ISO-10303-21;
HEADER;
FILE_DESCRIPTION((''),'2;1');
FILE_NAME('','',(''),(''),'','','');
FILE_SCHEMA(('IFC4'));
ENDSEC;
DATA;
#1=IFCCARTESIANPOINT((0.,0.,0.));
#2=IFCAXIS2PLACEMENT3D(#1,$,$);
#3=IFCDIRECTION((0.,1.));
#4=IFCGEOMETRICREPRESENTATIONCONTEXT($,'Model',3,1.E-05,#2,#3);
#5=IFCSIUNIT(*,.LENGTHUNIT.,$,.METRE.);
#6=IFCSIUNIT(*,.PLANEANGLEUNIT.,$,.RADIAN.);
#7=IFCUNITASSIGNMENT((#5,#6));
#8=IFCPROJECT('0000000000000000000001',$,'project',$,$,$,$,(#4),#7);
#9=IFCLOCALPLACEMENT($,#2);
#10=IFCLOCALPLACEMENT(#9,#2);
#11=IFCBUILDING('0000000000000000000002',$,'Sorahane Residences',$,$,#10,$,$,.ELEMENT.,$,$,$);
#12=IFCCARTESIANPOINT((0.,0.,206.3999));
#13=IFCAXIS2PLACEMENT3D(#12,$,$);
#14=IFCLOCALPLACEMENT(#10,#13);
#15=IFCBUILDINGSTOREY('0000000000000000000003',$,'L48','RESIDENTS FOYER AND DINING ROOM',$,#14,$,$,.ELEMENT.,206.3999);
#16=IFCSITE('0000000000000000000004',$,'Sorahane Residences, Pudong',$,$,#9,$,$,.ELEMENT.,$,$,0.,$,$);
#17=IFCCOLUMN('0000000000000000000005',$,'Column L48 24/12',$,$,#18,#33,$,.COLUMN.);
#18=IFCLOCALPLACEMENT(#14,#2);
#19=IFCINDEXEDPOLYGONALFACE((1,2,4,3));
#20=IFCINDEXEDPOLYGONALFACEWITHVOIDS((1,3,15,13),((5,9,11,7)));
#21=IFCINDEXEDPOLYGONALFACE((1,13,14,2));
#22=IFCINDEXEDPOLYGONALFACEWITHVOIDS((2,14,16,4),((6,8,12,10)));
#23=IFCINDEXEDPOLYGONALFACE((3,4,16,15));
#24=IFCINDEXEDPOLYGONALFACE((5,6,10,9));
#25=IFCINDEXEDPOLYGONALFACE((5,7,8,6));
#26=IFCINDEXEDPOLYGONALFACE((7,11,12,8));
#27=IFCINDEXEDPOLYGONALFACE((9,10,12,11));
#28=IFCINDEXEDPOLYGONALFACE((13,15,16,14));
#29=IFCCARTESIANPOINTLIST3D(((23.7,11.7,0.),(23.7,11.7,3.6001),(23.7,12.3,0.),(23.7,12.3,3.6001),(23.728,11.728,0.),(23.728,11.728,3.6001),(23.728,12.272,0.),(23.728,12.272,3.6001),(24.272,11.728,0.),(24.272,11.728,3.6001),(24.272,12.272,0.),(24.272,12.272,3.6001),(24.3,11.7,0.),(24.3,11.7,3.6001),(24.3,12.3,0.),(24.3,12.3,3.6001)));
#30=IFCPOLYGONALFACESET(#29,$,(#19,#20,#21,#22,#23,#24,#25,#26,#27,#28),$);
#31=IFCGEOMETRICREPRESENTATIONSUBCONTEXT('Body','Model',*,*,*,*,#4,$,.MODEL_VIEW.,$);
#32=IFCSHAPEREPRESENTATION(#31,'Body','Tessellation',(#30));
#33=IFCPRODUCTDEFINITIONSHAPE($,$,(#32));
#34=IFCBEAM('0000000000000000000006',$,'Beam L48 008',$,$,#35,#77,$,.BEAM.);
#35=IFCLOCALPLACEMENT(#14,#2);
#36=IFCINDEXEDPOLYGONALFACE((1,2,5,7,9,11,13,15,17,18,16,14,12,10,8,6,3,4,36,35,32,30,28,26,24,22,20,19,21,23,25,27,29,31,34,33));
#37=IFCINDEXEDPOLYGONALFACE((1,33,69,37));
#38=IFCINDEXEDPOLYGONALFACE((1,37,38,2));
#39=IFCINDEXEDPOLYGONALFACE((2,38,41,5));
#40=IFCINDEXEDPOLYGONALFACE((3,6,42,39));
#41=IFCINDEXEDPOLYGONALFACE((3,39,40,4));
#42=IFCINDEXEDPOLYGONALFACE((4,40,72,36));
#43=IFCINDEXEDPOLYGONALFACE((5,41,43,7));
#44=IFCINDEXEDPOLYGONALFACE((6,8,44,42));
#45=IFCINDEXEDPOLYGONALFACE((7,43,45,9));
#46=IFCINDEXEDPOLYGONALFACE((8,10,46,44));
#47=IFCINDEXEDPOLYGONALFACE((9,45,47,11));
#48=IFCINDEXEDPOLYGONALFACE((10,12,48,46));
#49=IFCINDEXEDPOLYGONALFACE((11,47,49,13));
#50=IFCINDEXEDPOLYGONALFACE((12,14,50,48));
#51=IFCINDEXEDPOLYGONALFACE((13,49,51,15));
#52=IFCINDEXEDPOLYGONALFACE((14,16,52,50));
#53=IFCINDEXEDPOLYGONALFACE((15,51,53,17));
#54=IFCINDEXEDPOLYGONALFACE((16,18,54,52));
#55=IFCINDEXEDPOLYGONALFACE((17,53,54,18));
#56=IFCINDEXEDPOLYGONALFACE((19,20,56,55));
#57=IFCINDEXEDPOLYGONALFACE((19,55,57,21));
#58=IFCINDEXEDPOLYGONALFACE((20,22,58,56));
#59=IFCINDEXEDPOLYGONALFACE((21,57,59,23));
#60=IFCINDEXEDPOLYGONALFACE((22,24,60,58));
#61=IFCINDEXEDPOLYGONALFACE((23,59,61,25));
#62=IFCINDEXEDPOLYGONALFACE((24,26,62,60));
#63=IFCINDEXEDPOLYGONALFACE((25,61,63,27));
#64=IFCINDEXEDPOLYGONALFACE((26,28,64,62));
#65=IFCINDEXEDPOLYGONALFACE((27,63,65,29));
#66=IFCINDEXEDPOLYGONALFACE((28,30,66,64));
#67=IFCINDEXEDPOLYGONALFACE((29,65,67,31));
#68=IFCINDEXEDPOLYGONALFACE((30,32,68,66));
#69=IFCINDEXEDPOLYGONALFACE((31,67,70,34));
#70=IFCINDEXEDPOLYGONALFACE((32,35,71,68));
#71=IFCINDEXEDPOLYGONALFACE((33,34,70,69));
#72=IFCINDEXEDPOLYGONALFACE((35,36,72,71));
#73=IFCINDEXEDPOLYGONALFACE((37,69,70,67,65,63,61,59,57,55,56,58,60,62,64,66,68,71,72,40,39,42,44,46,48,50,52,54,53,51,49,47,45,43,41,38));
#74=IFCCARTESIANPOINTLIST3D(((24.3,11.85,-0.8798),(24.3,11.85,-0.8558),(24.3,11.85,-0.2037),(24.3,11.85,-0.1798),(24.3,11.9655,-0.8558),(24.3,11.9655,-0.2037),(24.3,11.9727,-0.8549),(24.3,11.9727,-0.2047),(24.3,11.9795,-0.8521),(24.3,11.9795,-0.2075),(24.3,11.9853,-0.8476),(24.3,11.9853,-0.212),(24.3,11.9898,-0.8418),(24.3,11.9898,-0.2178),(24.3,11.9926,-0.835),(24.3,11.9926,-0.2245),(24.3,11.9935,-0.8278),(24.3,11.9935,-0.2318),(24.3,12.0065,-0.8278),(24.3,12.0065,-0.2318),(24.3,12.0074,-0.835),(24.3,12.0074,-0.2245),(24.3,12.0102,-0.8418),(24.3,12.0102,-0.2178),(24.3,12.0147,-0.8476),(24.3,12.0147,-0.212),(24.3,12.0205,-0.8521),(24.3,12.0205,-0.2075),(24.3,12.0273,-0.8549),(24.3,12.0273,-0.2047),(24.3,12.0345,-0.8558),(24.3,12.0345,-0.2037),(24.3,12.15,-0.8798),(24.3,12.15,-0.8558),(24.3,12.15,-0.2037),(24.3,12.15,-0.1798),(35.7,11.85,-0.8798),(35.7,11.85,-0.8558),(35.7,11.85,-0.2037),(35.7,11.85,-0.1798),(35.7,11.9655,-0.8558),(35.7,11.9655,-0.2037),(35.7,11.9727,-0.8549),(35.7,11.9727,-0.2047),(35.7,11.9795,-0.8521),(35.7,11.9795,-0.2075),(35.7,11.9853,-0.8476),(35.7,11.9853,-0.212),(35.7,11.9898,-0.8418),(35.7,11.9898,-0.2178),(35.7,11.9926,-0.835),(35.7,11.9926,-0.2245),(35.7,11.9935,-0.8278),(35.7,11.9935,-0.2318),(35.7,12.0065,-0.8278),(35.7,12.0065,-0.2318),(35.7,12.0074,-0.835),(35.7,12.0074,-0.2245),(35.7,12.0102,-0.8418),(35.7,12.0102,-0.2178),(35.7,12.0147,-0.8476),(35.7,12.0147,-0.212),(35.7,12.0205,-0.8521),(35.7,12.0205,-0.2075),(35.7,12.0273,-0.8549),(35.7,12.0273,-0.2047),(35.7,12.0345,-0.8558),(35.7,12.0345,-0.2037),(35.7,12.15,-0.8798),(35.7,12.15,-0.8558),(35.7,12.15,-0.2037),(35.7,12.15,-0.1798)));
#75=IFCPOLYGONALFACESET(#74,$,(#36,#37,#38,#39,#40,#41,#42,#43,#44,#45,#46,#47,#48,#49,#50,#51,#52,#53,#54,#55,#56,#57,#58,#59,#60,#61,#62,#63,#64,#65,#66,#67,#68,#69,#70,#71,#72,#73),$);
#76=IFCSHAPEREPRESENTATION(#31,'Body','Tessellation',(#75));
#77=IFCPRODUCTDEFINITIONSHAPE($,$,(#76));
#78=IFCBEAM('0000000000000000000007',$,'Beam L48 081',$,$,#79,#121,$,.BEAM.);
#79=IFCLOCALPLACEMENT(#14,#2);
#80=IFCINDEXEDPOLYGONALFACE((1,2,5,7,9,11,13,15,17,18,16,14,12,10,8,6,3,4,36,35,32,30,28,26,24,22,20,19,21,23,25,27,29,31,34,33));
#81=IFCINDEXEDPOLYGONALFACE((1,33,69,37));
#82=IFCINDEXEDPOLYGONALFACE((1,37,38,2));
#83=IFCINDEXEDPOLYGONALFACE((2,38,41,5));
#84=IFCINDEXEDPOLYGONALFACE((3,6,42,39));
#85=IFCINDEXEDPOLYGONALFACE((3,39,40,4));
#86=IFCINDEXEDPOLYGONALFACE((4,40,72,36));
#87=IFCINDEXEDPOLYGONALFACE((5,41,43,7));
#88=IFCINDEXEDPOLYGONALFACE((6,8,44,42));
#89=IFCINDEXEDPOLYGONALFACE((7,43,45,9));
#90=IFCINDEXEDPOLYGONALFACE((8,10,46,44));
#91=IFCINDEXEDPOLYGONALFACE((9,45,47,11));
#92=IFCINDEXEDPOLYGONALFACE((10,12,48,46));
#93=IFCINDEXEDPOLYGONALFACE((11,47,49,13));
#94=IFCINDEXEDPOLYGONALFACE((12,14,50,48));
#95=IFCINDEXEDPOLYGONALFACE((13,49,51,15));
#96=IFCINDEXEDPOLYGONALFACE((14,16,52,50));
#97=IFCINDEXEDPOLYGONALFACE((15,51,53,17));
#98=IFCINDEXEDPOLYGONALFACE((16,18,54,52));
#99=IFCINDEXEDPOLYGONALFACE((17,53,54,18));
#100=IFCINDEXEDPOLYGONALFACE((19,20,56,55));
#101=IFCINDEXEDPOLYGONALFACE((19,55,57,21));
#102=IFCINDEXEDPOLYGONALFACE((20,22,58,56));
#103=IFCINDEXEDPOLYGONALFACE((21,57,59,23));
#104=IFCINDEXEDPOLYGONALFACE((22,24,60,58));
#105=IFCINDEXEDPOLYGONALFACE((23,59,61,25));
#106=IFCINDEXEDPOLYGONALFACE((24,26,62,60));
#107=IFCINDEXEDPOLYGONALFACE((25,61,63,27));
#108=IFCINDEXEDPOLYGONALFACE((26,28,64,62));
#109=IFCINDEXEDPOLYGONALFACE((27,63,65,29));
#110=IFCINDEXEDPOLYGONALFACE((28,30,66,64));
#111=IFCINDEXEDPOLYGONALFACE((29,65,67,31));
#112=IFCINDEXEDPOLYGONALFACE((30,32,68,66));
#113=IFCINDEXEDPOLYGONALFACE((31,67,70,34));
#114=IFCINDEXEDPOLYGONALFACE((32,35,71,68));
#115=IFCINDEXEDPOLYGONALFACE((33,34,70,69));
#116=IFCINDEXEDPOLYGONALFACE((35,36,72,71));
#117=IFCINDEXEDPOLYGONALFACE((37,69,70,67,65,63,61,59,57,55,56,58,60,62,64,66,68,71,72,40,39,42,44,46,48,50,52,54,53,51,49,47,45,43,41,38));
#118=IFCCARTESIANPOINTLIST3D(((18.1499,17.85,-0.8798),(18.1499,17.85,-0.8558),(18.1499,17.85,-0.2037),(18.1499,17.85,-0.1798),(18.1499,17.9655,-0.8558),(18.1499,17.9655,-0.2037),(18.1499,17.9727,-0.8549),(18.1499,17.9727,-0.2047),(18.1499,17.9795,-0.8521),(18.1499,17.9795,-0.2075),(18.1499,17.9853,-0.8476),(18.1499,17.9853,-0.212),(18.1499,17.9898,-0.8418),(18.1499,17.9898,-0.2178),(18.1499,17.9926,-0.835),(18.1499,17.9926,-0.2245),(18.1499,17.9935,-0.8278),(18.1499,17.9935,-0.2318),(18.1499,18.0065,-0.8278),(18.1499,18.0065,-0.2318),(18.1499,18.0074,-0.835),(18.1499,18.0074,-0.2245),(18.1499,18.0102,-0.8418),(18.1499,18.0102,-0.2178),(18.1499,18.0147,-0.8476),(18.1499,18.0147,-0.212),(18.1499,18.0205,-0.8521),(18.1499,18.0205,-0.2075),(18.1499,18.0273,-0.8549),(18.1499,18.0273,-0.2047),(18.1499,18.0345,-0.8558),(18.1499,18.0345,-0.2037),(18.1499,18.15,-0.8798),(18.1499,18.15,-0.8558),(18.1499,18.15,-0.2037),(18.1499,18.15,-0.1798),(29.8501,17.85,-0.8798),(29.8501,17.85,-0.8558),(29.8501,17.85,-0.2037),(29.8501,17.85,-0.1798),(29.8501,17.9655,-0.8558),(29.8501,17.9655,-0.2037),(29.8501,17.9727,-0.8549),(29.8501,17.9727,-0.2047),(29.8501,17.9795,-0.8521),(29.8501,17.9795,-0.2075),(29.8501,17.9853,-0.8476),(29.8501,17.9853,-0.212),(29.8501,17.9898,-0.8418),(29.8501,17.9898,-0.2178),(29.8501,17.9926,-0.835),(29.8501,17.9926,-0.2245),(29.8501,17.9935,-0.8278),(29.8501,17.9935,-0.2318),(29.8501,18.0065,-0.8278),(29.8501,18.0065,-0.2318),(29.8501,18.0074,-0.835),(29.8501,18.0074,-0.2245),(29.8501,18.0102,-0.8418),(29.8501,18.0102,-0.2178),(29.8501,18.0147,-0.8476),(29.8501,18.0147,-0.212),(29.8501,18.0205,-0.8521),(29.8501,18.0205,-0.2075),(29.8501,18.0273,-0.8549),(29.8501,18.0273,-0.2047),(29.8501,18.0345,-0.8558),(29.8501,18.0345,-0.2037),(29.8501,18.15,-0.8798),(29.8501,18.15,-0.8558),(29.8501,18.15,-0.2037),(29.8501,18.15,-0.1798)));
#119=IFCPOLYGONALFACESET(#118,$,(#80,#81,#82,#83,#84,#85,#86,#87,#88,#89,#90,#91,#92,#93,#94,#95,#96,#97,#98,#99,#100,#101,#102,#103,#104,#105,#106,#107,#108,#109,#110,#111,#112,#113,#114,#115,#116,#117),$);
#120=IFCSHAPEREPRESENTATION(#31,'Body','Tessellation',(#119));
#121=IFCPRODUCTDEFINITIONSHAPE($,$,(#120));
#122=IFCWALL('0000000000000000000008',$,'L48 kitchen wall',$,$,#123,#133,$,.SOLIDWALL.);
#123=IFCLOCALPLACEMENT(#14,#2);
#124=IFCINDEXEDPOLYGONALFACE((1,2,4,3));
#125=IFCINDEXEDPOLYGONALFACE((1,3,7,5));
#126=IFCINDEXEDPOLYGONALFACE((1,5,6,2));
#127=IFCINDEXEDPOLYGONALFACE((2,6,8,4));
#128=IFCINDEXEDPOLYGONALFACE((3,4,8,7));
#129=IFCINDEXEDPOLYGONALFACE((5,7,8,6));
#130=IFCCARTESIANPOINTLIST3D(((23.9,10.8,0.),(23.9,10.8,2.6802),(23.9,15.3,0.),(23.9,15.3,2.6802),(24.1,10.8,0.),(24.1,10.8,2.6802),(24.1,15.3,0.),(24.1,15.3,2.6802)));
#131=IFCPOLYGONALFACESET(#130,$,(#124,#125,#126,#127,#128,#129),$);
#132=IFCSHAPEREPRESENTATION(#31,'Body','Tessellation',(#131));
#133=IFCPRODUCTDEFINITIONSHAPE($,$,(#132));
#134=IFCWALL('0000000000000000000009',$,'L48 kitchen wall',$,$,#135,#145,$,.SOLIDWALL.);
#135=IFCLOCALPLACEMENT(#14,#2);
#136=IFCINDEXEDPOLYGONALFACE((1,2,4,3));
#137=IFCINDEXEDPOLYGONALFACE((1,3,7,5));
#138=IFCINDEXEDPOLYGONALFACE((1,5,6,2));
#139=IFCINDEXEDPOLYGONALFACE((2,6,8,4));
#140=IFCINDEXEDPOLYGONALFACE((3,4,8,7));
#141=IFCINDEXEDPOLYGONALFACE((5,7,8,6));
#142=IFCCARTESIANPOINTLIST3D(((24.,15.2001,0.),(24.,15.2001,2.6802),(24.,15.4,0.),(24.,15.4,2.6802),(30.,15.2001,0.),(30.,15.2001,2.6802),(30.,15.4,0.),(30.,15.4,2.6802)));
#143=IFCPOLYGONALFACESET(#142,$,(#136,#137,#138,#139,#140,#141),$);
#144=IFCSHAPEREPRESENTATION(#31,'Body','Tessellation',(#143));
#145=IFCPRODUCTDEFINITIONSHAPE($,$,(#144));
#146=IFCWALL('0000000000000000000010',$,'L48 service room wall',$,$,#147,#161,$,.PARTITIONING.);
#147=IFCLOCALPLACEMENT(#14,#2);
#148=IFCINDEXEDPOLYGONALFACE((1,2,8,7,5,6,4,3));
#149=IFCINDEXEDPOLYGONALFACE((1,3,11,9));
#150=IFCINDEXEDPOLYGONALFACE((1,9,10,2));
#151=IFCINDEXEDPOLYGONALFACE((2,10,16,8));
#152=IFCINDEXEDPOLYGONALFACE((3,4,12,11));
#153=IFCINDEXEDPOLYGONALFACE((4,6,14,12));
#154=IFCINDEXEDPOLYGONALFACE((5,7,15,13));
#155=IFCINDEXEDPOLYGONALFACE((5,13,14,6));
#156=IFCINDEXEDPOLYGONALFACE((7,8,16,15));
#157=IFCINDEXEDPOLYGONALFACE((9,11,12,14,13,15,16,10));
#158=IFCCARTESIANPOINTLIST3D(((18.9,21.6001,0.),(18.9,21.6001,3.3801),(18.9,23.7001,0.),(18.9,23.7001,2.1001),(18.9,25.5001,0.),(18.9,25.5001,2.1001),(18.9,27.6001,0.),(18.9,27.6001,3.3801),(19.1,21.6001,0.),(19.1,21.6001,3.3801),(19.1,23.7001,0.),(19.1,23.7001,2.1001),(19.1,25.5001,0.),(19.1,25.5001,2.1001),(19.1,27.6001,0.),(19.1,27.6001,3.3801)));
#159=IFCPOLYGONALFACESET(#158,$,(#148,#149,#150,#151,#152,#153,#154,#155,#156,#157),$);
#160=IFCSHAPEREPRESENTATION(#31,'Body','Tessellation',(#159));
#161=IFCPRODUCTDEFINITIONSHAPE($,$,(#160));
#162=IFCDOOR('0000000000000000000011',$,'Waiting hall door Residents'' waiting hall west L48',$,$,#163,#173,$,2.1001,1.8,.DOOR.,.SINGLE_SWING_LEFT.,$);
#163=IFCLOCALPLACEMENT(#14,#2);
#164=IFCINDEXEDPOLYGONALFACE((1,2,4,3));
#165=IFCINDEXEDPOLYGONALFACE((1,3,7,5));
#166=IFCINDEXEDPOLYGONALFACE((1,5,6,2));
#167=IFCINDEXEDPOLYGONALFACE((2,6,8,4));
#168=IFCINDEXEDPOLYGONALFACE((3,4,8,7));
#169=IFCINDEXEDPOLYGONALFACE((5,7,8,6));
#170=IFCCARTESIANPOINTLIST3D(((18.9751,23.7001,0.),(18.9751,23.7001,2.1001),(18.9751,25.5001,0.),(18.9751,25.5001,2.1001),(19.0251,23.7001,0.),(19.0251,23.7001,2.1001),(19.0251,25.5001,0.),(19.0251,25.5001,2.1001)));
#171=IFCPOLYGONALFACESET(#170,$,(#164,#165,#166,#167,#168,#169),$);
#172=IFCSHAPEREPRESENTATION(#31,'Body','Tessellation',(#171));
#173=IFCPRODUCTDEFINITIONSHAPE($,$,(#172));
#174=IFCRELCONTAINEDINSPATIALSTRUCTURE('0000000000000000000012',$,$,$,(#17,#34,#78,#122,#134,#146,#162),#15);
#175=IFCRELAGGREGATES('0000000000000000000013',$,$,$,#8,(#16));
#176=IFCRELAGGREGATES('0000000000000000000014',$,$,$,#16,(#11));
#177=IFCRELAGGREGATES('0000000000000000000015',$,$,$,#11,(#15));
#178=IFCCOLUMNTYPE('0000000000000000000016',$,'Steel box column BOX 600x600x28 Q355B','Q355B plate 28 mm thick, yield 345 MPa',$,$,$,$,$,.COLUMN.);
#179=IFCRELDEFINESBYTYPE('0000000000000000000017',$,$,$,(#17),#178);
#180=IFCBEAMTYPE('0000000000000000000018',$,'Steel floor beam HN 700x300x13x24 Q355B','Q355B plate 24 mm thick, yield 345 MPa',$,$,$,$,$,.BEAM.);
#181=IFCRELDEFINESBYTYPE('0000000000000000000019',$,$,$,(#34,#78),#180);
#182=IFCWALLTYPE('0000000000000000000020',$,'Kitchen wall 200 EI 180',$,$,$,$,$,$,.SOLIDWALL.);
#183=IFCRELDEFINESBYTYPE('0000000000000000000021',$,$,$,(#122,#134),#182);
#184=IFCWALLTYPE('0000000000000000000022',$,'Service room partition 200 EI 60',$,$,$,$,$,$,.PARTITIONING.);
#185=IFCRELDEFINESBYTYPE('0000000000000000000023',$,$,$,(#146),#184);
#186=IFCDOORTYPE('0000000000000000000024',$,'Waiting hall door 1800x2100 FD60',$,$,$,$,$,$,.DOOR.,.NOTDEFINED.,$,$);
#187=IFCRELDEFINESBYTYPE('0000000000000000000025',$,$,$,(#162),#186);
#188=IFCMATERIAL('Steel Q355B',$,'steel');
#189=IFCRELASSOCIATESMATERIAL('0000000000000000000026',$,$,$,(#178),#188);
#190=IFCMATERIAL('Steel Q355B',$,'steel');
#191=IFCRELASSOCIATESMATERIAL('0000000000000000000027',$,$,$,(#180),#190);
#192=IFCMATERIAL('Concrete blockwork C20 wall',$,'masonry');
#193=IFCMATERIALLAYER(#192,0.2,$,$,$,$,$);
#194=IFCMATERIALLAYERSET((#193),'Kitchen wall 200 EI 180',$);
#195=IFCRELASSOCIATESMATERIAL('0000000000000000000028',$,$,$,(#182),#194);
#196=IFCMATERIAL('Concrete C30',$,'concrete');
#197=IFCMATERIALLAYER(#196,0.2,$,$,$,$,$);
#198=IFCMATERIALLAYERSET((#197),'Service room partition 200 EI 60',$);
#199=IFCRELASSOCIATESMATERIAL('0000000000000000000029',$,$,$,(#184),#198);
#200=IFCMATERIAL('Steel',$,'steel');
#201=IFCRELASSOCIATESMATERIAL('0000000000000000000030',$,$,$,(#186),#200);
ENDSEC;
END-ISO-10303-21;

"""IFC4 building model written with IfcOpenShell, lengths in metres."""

from ifc_helpers import new_model, si_unit, direction, frame, frame_2d, origin, origin_2d, place, context, subcontext, project, spatial, rectangle, hollow_rectangle, i_section, extrude, material, layer, layer_set, material_profile, profile_set, type_object, element, fill, save


model = new_model("IFC4")

# Units and contexts
model_context = context("Model", 3, precision=1e-05, world=origin(), true_north=direction((0.0, 1.0)))
body_context = subcontext(model_context, "Body", "Model", "MODEL_VIEW")
ifc_project = project(units=[si_unit("LENGTHUNIT", "METRE"), si_unit("PLANEANGLEUNIT", "RADIAN")], contexts=[model_context])

# Site, building, storey
site_placement = place(None, origin())
site = spatial("IfcSite", under=ifc_project, at=site_placement, Name="Sorahane Residences, Pudong", CompositionType="ELEMENT", RefElevation=0.0)
building_placement = place(site_placement, origin())
building = spatial("IfcBuilding", under=site, at=building_placement, Name="Sorahane Residences", CompositionType="ELEMENT")
storey_placement = place(building_placement, frame((0.0, 0.0, 206.3999)))
storey = spatial("IfcBuildingStorey", under=building, at=storey_placement, Name="L48", Description="RESIDENTS FOYER AND DINING ROOM", CompositionType="ELEMENT", Elevation=206.3999)

# Column
ifc_material_1 = material(Name="Steel Q355B", Category="steel")
ifc_material_profile_1 = material_profile(ifc_material_1, hollow_rectangle(XDim=0.6001, YDim=0.6001, WallThickness=0.0281, at=origin_2d()), Name="BOX 600x600x28")
ifc_profile_set_1 = profile_set([ifc_material_profile_1], Name="Steel Q355B")
column_type = type_object("IfcColumnType", Name="Steel box column BOX 600x600x28 Q355B", Description="Q355B plate 28 mm thick, yield 345 MPa", PredefinedType="COLUMN", material=ifc_profile_set_1)
column_placement = place(storey_placement, frame((24.0, 12.0, 0.0), z_axis=(0.0, 0.0, 1.0), x_axis=(1.0, 0.0, 0.0)))
element("IfcColumn", 1, at=column_placement, inside=storey, type_object=column_type, Name="Column L48 24/12", PredefinedType="COLUMN", context=body_context, shape_type="SweptSolid", body=[
    extrude(hollow_rectangle(XDim=0.6001, YDim=0.6001, WallThickness=0.0281, at=origin_2d()), origin(), (0.0, 0.0, 1.0), 3.6001),
])

# Beams
ifc_material_2 = material(Name="Steel Q355B", Category="steel")
ifc_material_profile_2 = material_profile(ifc_material_2, i_section(OverallWidth=0.3, OverallDepth=0.7, WebThickness=0.0129, FlangeThickness=0.0239, FilletRadius=0.0281, at=origin_2d()), Name="HN 700x300x13x24")
ifc_profile_set_2 = profile_set([ifc_material_profile_2], Name="Steel Q355B")
beam_type = type_object("IfcBeamType", Name="Steel floor beam HN 700x300x13x24 Q355B", Description="Q355B plate 24 mm thick, yield 345 MPa", PredefinedType="BEAM", material=ifc_profile_set_2)
beam_1_placement = place(storey_placement, frame((24.3, 12.0, -0.5298), z_axis=(1.0, 0.0, 0.0), x_axis=(0.0, 1.0, 0.0)))
element("IfcBeam", 2, at=beam_1_placement, inside=storey, type_object=beam_type, Name="Beam L48 008", PredefinedType="BEAM", context=body_context, shape_type="SweptSolid", body=[
    extrude(i_section(OverallWidth=0.3, OverallDepth=0.7, WebThickness=0.0129, FlangeThickness=0.0239, FilletRadius=0.0281, at=origin_2d()), origin(), (0.0, 0.0, 1.0), 11.3999),
])
beam_2_placement = place(storey_placement, frame((18.1499, 18.0, -0.5298), z_axis=(1.0, 0.0, 0.0), x_axis=(0.0, 1.0, 0.0)))
element("IfcBeam", 3, at=beam_2_placement, inside=storey, type_object=beam_type, Name="Beam L48 081", PredefinedType="BEAM", context=body_context, shape_type="SweptSolid", body=[
    extrude(i_section(OverallWidth=0.3, OverallDepth=0.7, WebThickness=0.0129, FlangeThickness=0.0239, FilletRadius=0.0281, at=origin_2d()), origin(), (0.0, 0.0, 1.0), 11.7002),
])

# Wall
ifc_material_3 = material(Name="Concrete blockwork C20 wall", Category="masonry")
ifc_layer_1 = layer(ifc_material_3, 0.2)
ifc_layer_set_1 = layer_set([ifc_layer_1], Name="Kitchen wall 200 EI 180")
wall_type_1 = type_object("IfcWallType", Name="Kitchen wall 200 EI 180", PredefinedType="SOLIDWALL", material=ifc_layer_set_1)
wall_1_placement = place(storey_placement, frame((24.0, 10.8, 0.0), z_axis=(0.0, 0.0, 1.0), x_axis=(0.0, 1.0, 0.0)))
element("IfcWall", 4, at=wall_1_placement, inside=storey, type_object=wall_type_1, Name="L48 kitchen wall", PredefinedType="SOLIDWALL", context=body_context, shape_type="SweptSolid", body=[
    extrude(rectangle(XDim=4.5, YDim=0.2, at=frame_2d((2.25, 0.0))), origin(), (0.0, 0.0, 1.0), 2.6802),
])

# Wall
wall_2_placement = place(storey_placement, frame((24.0, 15.3, 0.0), z_axis=(0.0, 0.0, 1.0), x_axis=(1.0, 0.0, 0.0)))
element("IfcWall", 5, at=wall_2_placement, inside=storey, type_object=wall_type_1, Name="L48 kitchen wall", PredefinedType="SOLIDWALL", context=body_context, shape_type="SweptSolid", body=[
    extrude(rectangle(XDim=6.0, YDim=0.2, at=frame_2d((3.0, 0.0))), origin(), (0.0, 0.0, 1.0), 2.6802),
])

# Wall, opening, door
ifc_material_4 = material(Name="Concrete C30", Category="concrete")
ifc_layer_2 = layer(ifc_material_4, 0.2)
ifc_layer_set_2 = layer_set([ifc_layer_2], Name="Service room partition 200 EI 60")
wall_type_2 = type_object("IfcWallType", Name="Service room partition 200 EI 60", PredefinedType="PARTITIONING", material=ifc_layer_set_2)
wall_3_placement = place(storey_placement, frame((19.0, 21.6001, 0.0), z_axis=(0.0, 0.0, 1.0), x_axis=(0.0, 1.0, 0.0)))
wall_3 = element("IfcWall", 6, at=wall_3_placement, inside=storey, type_object=wall_type_2, Name="L48 service room wall", PredefinedType="PARTITIONING", context=body_context, shape_type="SweptSolid", body=[
    extrude(rectangle(XDim=6.0, YDim=0.2, at=frame_2d((3.0, 0.0))), origin(), (0.0, 0.0, 1.0), 3.3801),
])
opening_1_placement = place(wall_3_placement, frame((2.1001, 0.0, 0.0)))
opening_1 = element("IfcOpeningElement", 7, at=opening_1_placement, cuts=wall_3, PredefinedType="OPENING", context=body_context, shape_type="SweptSolid", body=[
    extrude(rectangle(XDim=1.8, YDim=2.1001, at=frame_2d((0.8999, 1.05))), frame((0.0, 0.1099, 0.0), z_axis=(0.0, -1.0, 0.0), x_axis=(1.0, 0.0, 0.0)), (0.0, 0.0, 1.0), 0.22),
])
ifc_material_5 = material(Name="Steel", Category="steel")
door_type_1 = type_object("IfcDoorType", Name="Waiting hall door 1800x2100 FD60", OperationType="NOTDEFINED", PredefinedType="DOOR", material=ifc_material_5)
door_1_placement = place(opening_1_placement, origin())
door_1 = element("IfcDoor", 8, at=door_1_placement, inside=storey, type_object=door_type_1, Name="Waiting hall door Residents' waiting hall west L48", OperationType="SINGLE_SWING_LEFT", OverallHeight=2.1001, OverallWidth=1.8, PredefinedType="DOOR", context=body_context, shape_type="SweptSolid", body=[
    extrude(rectangle(XDim=1.8, YDim=2.1001, at=frame_2d((0.8999, 1.05))), frame((0.0, 0.0249, 0.0), z_axis=(0.0, -1.0, 0.0), x_axis=(1.0, 0.0, 0.0)), (0.0, 0.0, 1.0), 0.05),
])
fill(opening_1, door_1)

save(model, "model.ifc")
